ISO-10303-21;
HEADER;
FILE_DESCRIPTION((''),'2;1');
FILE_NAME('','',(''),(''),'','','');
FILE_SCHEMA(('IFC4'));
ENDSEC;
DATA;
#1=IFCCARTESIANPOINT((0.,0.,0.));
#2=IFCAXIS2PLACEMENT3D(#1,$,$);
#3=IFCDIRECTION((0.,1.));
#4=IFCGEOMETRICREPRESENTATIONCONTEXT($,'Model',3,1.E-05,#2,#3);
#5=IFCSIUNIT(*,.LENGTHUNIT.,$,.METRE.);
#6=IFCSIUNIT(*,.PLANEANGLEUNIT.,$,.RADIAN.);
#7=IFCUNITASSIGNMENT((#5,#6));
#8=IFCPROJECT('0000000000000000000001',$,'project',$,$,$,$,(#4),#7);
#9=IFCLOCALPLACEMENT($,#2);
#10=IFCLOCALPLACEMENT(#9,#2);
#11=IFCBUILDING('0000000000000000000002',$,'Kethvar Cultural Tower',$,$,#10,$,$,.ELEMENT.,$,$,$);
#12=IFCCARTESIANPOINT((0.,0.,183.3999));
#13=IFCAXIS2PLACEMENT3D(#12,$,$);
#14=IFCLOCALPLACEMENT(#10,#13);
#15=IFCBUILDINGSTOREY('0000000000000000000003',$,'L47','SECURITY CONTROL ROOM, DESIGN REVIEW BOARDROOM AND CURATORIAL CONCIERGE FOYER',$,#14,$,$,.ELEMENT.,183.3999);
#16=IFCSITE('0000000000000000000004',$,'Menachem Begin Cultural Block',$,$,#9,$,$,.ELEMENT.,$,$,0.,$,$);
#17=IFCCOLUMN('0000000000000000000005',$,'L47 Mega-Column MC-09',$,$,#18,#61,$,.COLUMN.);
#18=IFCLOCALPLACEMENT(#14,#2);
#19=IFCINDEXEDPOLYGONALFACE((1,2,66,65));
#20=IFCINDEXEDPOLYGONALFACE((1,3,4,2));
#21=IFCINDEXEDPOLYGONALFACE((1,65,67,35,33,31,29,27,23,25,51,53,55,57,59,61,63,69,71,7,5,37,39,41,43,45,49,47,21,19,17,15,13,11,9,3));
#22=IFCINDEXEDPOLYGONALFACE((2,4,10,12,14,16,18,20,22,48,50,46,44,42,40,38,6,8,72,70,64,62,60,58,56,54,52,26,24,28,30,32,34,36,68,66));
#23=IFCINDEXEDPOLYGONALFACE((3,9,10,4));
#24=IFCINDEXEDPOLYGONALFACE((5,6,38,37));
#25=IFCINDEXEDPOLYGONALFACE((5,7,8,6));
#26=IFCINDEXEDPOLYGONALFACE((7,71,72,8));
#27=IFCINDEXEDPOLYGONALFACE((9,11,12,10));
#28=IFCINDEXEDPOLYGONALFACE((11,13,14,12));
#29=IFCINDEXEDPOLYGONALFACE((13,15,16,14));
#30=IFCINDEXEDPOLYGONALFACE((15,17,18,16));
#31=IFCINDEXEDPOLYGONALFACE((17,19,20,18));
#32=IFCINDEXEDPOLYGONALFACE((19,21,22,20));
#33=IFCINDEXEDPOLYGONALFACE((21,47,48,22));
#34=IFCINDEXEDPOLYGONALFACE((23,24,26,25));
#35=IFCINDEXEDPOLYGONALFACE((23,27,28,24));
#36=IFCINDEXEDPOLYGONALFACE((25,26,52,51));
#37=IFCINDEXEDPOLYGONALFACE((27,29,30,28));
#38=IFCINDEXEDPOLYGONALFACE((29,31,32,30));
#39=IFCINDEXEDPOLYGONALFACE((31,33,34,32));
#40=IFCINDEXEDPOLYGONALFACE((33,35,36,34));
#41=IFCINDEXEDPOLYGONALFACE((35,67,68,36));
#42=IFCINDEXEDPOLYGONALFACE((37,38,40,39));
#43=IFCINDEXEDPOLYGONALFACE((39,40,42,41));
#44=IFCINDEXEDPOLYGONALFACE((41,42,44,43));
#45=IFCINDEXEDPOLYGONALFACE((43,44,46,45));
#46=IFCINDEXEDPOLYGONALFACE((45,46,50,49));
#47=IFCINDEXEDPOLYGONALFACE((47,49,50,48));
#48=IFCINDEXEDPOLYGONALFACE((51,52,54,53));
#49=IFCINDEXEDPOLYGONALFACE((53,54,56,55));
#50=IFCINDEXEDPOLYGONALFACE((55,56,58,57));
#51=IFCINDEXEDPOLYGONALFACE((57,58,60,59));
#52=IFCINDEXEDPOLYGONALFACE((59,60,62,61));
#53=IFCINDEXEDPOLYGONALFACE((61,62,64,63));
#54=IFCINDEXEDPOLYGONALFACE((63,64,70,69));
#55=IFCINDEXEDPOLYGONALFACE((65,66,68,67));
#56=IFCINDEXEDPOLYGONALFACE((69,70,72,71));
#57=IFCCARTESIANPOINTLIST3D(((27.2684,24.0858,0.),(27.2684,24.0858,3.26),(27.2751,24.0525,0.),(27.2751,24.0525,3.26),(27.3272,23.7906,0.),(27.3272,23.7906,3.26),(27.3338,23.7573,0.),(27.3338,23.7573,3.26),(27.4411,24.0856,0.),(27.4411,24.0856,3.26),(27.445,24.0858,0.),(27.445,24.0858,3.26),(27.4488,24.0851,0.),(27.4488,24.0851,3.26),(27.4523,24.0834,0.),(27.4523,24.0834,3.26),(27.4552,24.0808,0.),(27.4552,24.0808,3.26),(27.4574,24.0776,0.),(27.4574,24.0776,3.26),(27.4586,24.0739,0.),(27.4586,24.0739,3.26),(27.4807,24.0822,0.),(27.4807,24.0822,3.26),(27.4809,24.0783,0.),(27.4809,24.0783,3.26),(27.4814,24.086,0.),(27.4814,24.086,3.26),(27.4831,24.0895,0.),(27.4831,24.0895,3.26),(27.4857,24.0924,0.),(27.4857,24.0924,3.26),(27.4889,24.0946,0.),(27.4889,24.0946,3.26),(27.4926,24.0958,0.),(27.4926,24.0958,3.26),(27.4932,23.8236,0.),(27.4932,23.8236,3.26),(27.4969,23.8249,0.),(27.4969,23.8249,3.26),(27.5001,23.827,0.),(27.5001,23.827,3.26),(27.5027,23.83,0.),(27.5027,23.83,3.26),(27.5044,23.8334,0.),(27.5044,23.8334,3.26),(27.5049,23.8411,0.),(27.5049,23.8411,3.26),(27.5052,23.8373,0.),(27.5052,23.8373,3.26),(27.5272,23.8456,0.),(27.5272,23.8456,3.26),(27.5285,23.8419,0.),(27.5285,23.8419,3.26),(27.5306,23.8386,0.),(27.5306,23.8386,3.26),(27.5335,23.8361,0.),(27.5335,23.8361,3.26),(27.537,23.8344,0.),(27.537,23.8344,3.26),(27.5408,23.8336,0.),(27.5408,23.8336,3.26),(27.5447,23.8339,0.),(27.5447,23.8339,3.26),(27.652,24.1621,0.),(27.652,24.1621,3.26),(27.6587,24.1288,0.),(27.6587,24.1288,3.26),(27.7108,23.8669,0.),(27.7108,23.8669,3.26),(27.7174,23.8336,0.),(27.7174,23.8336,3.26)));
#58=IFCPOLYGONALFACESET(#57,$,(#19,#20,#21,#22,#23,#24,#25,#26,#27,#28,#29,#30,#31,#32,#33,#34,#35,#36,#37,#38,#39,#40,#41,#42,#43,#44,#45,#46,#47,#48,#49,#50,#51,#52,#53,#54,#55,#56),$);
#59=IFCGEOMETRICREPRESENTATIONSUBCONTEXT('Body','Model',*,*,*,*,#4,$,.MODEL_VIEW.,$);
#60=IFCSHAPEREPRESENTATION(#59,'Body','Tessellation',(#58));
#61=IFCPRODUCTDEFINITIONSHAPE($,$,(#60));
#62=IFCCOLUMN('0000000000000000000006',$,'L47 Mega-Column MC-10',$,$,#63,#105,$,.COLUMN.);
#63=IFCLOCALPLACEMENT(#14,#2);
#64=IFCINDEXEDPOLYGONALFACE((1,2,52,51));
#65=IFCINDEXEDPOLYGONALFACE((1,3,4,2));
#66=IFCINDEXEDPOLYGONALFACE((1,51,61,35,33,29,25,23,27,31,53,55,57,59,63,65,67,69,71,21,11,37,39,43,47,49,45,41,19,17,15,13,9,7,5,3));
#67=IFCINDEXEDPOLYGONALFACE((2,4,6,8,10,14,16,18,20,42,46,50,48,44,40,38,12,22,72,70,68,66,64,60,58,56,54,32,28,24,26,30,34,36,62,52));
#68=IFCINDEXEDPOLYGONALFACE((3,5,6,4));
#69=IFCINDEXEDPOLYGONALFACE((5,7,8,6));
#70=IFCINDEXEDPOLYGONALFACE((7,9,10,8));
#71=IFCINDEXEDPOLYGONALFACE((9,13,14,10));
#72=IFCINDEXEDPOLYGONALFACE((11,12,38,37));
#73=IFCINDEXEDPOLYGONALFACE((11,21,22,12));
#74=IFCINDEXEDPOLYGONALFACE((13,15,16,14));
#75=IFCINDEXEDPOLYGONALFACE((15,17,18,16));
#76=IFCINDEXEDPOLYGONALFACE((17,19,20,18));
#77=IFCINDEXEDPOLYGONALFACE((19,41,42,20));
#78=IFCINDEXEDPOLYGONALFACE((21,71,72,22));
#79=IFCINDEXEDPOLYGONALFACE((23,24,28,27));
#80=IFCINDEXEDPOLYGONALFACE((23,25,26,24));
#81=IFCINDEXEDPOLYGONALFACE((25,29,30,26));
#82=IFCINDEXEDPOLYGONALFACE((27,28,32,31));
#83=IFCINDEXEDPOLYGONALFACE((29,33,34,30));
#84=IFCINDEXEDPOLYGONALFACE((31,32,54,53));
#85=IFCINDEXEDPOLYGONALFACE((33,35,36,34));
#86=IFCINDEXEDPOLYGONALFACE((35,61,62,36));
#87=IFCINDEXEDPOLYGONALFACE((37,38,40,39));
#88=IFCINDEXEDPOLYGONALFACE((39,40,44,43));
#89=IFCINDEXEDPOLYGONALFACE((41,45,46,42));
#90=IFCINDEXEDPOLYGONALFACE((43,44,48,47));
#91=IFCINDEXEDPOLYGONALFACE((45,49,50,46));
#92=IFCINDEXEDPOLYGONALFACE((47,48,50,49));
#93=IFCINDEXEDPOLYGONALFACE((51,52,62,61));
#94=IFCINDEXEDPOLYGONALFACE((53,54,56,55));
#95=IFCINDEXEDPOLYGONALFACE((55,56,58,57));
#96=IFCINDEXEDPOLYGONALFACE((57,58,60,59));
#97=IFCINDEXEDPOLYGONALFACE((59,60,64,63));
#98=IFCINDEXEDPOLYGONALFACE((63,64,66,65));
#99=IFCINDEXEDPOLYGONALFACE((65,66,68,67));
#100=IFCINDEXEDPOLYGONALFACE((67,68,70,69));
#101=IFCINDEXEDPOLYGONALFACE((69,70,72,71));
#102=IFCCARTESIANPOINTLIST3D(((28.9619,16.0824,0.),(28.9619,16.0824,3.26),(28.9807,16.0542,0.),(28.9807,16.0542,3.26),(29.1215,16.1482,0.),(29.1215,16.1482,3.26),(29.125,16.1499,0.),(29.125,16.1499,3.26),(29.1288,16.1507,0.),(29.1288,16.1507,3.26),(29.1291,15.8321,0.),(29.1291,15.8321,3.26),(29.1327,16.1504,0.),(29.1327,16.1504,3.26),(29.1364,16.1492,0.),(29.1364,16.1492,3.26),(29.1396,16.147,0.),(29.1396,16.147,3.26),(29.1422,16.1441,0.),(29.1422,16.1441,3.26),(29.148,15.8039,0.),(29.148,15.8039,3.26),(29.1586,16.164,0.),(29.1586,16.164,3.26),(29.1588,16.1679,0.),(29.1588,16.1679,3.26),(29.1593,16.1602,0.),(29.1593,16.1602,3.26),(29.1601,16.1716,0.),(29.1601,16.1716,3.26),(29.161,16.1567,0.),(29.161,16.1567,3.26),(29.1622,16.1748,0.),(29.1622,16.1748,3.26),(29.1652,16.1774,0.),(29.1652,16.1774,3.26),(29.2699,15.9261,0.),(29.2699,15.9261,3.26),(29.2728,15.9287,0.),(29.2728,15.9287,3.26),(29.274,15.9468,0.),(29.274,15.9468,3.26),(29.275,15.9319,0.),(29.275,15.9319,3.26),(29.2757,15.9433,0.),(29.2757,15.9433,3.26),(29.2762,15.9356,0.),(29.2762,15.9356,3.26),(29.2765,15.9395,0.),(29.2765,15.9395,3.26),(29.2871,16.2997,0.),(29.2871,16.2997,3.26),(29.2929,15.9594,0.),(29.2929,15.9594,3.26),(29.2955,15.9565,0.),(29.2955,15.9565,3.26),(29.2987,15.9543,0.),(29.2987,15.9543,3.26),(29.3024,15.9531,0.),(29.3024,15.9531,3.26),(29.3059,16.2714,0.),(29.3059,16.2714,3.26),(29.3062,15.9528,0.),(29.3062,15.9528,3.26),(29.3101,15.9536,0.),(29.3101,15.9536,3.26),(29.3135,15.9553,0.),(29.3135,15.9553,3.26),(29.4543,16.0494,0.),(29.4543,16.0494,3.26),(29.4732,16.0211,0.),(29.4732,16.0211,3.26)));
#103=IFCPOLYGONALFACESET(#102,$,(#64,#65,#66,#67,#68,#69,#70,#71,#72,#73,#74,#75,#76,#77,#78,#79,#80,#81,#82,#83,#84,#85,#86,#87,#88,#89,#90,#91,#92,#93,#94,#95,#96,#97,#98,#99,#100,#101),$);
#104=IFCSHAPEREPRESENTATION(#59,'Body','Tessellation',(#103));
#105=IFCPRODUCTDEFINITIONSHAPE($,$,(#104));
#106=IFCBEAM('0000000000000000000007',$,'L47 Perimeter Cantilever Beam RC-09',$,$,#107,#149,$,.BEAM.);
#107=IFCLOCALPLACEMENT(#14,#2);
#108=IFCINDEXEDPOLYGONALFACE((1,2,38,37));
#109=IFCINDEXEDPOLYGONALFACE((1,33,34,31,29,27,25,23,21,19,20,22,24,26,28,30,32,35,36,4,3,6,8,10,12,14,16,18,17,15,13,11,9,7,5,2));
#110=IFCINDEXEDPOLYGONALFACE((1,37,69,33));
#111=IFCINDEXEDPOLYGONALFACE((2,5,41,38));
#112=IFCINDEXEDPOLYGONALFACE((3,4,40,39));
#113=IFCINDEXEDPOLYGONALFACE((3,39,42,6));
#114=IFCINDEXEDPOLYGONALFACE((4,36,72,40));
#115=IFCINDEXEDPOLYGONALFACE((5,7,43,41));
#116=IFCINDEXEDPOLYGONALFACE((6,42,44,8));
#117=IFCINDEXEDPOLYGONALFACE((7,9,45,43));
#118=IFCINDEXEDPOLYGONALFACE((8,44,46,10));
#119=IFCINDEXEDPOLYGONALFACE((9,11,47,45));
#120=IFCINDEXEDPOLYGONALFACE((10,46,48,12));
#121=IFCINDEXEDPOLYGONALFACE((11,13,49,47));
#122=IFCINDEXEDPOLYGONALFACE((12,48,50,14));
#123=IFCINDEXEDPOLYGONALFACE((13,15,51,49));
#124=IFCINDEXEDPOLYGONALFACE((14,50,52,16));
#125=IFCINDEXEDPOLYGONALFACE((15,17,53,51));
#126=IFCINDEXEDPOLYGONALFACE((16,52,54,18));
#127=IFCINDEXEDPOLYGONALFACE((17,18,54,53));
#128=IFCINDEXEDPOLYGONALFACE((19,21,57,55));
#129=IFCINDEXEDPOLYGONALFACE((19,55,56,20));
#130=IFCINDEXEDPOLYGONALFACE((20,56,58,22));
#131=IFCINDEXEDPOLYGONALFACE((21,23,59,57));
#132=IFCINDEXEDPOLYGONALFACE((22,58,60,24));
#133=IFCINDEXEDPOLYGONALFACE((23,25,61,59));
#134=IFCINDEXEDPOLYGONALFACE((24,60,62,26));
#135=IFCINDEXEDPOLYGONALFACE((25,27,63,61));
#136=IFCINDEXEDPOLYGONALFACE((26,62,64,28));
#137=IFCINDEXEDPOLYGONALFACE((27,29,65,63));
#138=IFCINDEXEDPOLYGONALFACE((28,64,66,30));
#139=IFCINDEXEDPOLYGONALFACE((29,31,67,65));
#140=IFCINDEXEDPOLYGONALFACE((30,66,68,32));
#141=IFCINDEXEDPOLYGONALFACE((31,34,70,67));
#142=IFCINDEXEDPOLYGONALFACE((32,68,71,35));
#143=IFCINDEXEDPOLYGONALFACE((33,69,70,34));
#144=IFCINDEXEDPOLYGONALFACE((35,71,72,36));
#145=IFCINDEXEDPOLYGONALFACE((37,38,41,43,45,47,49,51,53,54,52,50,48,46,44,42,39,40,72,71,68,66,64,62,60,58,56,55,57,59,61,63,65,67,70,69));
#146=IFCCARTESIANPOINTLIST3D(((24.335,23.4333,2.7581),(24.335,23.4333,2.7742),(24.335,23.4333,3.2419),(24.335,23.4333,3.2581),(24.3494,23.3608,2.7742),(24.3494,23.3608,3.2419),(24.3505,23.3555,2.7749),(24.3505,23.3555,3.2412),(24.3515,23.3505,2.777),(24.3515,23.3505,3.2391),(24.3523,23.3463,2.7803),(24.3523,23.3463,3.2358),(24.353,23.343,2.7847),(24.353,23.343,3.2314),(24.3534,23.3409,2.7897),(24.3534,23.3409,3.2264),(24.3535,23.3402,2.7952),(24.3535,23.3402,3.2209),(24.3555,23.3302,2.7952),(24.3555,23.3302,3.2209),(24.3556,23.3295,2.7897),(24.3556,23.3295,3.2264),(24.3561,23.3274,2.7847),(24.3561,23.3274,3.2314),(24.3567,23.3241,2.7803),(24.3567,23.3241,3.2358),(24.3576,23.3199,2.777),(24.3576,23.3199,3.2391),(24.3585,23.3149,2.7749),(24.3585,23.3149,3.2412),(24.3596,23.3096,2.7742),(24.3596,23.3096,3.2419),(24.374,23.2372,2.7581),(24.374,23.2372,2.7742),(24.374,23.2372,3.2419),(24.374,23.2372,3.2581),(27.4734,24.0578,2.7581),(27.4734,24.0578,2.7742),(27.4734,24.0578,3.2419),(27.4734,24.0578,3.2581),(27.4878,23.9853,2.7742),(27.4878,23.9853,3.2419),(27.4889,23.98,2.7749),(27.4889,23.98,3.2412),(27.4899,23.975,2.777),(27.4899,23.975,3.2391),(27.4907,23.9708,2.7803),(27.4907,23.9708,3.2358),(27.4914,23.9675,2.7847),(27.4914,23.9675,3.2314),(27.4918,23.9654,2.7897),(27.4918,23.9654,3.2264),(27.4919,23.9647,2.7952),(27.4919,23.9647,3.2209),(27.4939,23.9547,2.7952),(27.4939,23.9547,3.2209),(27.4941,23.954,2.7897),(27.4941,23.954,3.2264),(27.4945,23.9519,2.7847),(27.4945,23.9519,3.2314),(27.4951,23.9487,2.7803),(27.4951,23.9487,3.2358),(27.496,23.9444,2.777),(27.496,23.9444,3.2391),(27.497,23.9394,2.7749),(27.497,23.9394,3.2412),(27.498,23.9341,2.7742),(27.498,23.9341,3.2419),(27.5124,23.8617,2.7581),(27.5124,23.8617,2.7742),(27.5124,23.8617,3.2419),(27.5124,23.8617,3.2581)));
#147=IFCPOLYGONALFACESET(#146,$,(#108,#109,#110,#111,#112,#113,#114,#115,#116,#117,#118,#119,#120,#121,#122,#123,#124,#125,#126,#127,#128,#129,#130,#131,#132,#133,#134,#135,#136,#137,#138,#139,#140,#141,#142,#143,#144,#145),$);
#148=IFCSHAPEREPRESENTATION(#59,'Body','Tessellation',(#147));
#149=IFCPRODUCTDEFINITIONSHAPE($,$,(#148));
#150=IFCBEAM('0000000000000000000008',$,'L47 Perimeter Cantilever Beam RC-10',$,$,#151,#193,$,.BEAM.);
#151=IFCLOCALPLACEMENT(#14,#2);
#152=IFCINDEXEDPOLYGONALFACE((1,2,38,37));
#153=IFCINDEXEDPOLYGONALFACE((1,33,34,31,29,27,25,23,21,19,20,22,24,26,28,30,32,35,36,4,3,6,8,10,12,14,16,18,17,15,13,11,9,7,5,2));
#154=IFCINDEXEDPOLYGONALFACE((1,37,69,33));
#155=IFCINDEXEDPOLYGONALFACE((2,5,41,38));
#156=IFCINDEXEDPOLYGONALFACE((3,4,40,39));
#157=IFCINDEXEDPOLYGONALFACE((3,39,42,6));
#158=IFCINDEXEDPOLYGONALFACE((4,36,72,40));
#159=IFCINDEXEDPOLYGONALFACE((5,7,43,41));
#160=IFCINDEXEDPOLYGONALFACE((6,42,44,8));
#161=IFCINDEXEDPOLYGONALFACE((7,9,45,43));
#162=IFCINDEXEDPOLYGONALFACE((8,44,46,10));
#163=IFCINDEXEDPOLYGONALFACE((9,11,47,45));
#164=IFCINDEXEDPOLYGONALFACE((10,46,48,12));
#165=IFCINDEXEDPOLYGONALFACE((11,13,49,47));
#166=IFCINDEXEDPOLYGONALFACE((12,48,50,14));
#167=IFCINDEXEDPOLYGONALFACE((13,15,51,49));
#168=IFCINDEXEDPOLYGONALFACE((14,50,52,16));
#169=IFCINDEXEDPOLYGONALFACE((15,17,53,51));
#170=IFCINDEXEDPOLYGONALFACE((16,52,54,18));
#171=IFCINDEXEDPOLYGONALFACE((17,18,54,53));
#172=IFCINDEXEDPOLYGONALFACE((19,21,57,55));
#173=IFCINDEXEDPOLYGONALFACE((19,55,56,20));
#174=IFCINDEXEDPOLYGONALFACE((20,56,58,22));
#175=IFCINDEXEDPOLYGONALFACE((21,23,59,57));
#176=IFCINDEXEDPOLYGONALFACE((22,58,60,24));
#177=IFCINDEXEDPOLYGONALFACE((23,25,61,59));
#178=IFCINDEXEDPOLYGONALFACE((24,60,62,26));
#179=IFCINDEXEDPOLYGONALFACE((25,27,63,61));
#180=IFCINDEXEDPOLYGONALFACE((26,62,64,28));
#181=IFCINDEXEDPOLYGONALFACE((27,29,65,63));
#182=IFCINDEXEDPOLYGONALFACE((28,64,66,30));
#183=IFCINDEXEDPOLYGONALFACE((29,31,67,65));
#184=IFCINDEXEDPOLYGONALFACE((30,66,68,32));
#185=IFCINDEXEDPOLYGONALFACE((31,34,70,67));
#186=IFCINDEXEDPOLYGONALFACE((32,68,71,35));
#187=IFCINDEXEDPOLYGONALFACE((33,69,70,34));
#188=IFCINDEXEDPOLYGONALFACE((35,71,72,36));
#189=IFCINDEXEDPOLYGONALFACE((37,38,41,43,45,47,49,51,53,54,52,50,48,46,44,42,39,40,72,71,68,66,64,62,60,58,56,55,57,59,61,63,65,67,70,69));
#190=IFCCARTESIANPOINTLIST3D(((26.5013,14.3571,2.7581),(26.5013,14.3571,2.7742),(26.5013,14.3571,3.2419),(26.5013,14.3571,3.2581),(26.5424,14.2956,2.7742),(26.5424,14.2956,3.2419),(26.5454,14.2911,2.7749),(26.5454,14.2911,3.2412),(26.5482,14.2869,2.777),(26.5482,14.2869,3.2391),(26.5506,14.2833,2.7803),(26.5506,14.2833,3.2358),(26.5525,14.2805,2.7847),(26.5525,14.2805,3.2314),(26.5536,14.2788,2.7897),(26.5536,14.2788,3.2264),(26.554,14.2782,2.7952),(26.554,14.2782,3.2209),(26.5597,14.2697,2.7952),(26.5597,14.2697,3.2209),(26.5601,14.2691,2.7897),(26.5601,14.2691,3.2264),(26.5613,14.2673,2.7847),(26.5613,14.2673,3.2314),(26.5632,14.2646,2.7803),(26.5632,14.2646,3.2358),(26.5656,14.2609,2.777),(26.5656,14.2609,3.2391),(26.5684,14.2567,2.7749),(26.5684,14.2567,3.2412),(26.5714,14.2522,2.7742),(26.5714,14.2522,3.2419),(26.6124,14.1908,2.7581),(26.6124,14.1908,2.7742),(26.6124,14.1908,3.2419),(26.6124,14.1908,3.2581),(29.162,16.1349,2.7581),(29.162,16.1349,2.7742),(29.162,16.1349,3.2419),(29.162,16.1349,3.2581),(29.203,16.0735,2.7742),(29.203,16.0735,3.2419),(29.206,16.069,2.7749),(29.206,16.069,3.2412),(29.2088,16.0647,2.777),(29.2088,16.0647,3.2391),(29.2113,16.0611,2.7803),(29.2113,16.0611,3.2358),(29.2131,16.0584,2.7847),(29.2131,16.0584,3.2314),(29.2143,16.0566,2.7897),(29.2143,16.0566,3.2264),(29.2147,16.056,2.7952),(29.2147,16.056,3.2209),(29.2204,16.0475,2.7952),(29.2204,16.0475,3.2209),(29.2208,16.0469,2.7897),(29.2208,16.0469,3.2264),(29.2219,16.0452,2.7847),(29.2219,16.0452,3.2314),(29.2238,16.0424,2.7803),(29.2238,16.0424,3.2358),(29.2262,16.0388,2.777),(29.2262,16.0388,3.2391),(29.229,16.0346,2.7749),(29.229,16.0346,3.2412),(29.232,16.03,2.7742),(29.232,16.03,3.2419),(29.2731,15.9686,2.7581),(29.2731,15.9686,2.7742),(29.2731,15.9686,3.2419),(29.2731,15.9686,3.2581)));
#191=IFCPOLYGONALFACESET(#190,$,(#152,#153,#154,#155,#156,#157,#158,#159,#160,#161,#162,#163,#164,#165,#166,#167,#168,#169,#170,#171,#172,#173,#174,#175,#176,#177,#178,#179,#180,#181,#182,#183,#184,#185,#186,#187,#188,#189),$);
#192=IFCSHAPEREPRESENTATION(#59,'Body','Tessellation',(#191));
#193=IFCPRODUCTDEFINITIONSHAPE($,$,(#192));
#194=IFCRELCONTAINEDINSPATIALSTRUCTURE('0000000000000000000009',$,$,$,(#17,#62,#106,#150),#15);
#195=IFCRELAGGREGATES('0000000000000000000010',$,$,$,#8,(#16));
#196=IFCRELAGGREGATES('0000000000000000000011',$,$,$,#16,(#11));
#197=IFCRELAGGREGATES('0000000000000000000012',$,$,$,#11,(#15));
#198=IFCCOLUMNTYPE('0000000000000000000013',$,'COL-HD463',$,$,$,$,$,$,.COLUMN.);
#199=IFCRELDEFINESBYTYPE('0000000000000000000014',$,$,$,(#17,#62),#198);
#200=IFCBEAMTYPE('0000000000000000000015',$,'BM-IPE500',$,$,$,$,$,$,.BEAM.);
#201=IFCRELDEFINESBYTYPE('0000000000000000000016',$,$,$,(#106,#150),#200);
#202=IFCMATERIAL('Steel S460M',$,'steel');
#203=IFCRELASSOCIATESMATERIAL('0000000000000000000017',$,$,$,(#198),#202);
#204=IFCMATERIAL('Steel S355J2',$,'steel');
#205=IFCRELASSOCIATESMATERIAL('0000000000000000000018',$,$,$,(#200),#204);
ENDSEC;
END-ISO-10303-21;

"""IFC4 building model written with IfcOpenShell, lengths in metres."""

from ifc_helpers import new_model, si_unit, direction, frame, origin, origin_2d, place, context, subcontext, project, spatial, i_section, extrude, source, transform, mapped, material, material_profile, profile_set, type_object, element, save


model = new_model("IFC4")

# Units and contexts
model_context = context("Model", 3, precision=1e-05, world=origin(), true_north=direction((0.0, 1.0)))
body_context = subcontext(model_context, "Body", "Model", "MODEL_VIEW")
ifc_project = project(units=[si_unit("LENGTHUNIT", "METRE"), si_unit("PLANEANGLEUNIT", "RADIAN")], contexts=[model_context])

# Site, building, storey
site_placement = place(None, origin())
site = spatial("IfcSite", under=ifc_project, at=site_placement, Name="Menachem Begin Cultural Block", CompositionType="ELEMENT", RefElevation=0.0)
building_placement = place(site_placement, origin())
building = spatial("IfcBuilding", under=site, at=building_placement, Name="Kethvar Cultural Tower", CompositionType="ELEMENT")
storey_placement = place(building_placement, frame((0.0, 0.0, 183.3999)))
storey = spatial("IfcBuildingStorey", under=building, at=storey_placement, Name="L47", Description="SECURITY CONTROL ROOM, DESIGN REVIEW BOARDROOM AND CURATORIAL CONCIERGE FOYER", CompositionType="ELEMENT", Elevation=183.3999)

# Columns
ifc_material_1 = material(Name="Steel S460M", Category="steel")
ifc_material_profile_1 = material_profile(ifc_material_1, i_section(OverallWidth=0.3911, OverallDepth=0.335, WebThickness=0.0227, FlangeThickness=0.0339, FilletRadius=0.0149, at=origin_2d()), Name="Steel S460M — HD400x463")
ifc_profile_set_1 = profile_set([ifc_material_profile_1], Name="Steel S460M — HD400x463")
column_type = type_object("IfcColumnType", Name="COL-HD463", PredefinedType="COLUMN", material=ifc_profile_set_1)
shared_shape_1 = source(origin(), body_context, "Body", "SweptSolid", [
    extrude(i_section(OverallWidth=0.3911, OverallDepth=0.335, WebThickness=0.0227, FlangeThickness=0.0339, FilletRadius=0.0149, at=origin_2d()), origin(), (0.0, 0.0, 1.0), 3.26),
])
for number, where, z_axis, x_axis, name in (
    (1, (27.4929, 23.9597, 0.0), (0.0, 0.0, 1.0), (-0.980785, -0.19509, 0.0), "L47 Mega-Column MC-09"),
    (2, (29.2175, 16.0518, 0.0), (0.0, 0.0, 1.0), (-0.83147, -0.55557, 0.0), "L47 Mega-Column MC-10"),
):
    element("IfcColumn", number, at=place(storey_placement, frame(where, z_axis=z_axis, x_axis=x_axis)), inside=storey, type_object=column_type, Name=name, PredefinedType="COLUMN", context=body_context, shape_type="MappedRepresentation", body=[
        mapped(shared_shape_1, transform((0.0, 0.0, 0.0), scale=1.0)),
    ])

# Beams
ifc_material_2 = material(Name="Steel S355J2", Category="steel")
ifc_material_profile_2 = material_profile(ifc_material_2, i_section(OverallWidth=0.2, OverallDepth=0.5, WebThickness=0.0103, FlangeThickness=0.0161, FilletRadius=0.021, at=origin_2d()), Name="Steel S355J2 — IPE500")
ifc_profile_set_2 = profile_set([ifc_material_profile_2], Name="Steel S355J2 — IPE500")
beam_type_1 = type_object("IfcBeamType", Name="BM-IPE500", PredefinedType="BEAM", material=ifc_profile_set_2)
shared_shape_2 = source(origin(), body_context, "Body", "SweptSolid", [
    extrude(i_section(OverallWidth=0.2, OverallDepth=0.5, WebThickness=0.0103, FlangeThickness=0.0161, FilletRadius=0.021, at=origin_2d()), origin(), (0.0, 0.0, 1.0), 3.2),
])
for number, where, z_axis, x_axis, name in (
    (3, (27.4929, 23.9597, 3.0081), (-0.980771, -0.195162, 0.0), (0.195162, -0.980771, 0.0), "L47 Perimeter Cantilever Beam RC-09"),
    (4, (29.2175, 16.0518, 3.0081), (-0.831463, -0.55558, 0.0), (0.55558, -0.831463, 0.0), "L47 Perimeter Cantilever Beam RC-10"),
):
    element("IfcBeam", number, at=place(storey_placement, frame(where, z_axis=z_axis, x_axis=x_axis)), inside=storey, type_object=beam_type_1, Name=name, PredefinedType="BEAM", context=body_context, shape_type="MappedRepresentation", body=[
        mapped(shared_shape_2, transform((0.0, 0.0, 0.0), scale=1.0)),
    ])

save(model, "model.ifc")
